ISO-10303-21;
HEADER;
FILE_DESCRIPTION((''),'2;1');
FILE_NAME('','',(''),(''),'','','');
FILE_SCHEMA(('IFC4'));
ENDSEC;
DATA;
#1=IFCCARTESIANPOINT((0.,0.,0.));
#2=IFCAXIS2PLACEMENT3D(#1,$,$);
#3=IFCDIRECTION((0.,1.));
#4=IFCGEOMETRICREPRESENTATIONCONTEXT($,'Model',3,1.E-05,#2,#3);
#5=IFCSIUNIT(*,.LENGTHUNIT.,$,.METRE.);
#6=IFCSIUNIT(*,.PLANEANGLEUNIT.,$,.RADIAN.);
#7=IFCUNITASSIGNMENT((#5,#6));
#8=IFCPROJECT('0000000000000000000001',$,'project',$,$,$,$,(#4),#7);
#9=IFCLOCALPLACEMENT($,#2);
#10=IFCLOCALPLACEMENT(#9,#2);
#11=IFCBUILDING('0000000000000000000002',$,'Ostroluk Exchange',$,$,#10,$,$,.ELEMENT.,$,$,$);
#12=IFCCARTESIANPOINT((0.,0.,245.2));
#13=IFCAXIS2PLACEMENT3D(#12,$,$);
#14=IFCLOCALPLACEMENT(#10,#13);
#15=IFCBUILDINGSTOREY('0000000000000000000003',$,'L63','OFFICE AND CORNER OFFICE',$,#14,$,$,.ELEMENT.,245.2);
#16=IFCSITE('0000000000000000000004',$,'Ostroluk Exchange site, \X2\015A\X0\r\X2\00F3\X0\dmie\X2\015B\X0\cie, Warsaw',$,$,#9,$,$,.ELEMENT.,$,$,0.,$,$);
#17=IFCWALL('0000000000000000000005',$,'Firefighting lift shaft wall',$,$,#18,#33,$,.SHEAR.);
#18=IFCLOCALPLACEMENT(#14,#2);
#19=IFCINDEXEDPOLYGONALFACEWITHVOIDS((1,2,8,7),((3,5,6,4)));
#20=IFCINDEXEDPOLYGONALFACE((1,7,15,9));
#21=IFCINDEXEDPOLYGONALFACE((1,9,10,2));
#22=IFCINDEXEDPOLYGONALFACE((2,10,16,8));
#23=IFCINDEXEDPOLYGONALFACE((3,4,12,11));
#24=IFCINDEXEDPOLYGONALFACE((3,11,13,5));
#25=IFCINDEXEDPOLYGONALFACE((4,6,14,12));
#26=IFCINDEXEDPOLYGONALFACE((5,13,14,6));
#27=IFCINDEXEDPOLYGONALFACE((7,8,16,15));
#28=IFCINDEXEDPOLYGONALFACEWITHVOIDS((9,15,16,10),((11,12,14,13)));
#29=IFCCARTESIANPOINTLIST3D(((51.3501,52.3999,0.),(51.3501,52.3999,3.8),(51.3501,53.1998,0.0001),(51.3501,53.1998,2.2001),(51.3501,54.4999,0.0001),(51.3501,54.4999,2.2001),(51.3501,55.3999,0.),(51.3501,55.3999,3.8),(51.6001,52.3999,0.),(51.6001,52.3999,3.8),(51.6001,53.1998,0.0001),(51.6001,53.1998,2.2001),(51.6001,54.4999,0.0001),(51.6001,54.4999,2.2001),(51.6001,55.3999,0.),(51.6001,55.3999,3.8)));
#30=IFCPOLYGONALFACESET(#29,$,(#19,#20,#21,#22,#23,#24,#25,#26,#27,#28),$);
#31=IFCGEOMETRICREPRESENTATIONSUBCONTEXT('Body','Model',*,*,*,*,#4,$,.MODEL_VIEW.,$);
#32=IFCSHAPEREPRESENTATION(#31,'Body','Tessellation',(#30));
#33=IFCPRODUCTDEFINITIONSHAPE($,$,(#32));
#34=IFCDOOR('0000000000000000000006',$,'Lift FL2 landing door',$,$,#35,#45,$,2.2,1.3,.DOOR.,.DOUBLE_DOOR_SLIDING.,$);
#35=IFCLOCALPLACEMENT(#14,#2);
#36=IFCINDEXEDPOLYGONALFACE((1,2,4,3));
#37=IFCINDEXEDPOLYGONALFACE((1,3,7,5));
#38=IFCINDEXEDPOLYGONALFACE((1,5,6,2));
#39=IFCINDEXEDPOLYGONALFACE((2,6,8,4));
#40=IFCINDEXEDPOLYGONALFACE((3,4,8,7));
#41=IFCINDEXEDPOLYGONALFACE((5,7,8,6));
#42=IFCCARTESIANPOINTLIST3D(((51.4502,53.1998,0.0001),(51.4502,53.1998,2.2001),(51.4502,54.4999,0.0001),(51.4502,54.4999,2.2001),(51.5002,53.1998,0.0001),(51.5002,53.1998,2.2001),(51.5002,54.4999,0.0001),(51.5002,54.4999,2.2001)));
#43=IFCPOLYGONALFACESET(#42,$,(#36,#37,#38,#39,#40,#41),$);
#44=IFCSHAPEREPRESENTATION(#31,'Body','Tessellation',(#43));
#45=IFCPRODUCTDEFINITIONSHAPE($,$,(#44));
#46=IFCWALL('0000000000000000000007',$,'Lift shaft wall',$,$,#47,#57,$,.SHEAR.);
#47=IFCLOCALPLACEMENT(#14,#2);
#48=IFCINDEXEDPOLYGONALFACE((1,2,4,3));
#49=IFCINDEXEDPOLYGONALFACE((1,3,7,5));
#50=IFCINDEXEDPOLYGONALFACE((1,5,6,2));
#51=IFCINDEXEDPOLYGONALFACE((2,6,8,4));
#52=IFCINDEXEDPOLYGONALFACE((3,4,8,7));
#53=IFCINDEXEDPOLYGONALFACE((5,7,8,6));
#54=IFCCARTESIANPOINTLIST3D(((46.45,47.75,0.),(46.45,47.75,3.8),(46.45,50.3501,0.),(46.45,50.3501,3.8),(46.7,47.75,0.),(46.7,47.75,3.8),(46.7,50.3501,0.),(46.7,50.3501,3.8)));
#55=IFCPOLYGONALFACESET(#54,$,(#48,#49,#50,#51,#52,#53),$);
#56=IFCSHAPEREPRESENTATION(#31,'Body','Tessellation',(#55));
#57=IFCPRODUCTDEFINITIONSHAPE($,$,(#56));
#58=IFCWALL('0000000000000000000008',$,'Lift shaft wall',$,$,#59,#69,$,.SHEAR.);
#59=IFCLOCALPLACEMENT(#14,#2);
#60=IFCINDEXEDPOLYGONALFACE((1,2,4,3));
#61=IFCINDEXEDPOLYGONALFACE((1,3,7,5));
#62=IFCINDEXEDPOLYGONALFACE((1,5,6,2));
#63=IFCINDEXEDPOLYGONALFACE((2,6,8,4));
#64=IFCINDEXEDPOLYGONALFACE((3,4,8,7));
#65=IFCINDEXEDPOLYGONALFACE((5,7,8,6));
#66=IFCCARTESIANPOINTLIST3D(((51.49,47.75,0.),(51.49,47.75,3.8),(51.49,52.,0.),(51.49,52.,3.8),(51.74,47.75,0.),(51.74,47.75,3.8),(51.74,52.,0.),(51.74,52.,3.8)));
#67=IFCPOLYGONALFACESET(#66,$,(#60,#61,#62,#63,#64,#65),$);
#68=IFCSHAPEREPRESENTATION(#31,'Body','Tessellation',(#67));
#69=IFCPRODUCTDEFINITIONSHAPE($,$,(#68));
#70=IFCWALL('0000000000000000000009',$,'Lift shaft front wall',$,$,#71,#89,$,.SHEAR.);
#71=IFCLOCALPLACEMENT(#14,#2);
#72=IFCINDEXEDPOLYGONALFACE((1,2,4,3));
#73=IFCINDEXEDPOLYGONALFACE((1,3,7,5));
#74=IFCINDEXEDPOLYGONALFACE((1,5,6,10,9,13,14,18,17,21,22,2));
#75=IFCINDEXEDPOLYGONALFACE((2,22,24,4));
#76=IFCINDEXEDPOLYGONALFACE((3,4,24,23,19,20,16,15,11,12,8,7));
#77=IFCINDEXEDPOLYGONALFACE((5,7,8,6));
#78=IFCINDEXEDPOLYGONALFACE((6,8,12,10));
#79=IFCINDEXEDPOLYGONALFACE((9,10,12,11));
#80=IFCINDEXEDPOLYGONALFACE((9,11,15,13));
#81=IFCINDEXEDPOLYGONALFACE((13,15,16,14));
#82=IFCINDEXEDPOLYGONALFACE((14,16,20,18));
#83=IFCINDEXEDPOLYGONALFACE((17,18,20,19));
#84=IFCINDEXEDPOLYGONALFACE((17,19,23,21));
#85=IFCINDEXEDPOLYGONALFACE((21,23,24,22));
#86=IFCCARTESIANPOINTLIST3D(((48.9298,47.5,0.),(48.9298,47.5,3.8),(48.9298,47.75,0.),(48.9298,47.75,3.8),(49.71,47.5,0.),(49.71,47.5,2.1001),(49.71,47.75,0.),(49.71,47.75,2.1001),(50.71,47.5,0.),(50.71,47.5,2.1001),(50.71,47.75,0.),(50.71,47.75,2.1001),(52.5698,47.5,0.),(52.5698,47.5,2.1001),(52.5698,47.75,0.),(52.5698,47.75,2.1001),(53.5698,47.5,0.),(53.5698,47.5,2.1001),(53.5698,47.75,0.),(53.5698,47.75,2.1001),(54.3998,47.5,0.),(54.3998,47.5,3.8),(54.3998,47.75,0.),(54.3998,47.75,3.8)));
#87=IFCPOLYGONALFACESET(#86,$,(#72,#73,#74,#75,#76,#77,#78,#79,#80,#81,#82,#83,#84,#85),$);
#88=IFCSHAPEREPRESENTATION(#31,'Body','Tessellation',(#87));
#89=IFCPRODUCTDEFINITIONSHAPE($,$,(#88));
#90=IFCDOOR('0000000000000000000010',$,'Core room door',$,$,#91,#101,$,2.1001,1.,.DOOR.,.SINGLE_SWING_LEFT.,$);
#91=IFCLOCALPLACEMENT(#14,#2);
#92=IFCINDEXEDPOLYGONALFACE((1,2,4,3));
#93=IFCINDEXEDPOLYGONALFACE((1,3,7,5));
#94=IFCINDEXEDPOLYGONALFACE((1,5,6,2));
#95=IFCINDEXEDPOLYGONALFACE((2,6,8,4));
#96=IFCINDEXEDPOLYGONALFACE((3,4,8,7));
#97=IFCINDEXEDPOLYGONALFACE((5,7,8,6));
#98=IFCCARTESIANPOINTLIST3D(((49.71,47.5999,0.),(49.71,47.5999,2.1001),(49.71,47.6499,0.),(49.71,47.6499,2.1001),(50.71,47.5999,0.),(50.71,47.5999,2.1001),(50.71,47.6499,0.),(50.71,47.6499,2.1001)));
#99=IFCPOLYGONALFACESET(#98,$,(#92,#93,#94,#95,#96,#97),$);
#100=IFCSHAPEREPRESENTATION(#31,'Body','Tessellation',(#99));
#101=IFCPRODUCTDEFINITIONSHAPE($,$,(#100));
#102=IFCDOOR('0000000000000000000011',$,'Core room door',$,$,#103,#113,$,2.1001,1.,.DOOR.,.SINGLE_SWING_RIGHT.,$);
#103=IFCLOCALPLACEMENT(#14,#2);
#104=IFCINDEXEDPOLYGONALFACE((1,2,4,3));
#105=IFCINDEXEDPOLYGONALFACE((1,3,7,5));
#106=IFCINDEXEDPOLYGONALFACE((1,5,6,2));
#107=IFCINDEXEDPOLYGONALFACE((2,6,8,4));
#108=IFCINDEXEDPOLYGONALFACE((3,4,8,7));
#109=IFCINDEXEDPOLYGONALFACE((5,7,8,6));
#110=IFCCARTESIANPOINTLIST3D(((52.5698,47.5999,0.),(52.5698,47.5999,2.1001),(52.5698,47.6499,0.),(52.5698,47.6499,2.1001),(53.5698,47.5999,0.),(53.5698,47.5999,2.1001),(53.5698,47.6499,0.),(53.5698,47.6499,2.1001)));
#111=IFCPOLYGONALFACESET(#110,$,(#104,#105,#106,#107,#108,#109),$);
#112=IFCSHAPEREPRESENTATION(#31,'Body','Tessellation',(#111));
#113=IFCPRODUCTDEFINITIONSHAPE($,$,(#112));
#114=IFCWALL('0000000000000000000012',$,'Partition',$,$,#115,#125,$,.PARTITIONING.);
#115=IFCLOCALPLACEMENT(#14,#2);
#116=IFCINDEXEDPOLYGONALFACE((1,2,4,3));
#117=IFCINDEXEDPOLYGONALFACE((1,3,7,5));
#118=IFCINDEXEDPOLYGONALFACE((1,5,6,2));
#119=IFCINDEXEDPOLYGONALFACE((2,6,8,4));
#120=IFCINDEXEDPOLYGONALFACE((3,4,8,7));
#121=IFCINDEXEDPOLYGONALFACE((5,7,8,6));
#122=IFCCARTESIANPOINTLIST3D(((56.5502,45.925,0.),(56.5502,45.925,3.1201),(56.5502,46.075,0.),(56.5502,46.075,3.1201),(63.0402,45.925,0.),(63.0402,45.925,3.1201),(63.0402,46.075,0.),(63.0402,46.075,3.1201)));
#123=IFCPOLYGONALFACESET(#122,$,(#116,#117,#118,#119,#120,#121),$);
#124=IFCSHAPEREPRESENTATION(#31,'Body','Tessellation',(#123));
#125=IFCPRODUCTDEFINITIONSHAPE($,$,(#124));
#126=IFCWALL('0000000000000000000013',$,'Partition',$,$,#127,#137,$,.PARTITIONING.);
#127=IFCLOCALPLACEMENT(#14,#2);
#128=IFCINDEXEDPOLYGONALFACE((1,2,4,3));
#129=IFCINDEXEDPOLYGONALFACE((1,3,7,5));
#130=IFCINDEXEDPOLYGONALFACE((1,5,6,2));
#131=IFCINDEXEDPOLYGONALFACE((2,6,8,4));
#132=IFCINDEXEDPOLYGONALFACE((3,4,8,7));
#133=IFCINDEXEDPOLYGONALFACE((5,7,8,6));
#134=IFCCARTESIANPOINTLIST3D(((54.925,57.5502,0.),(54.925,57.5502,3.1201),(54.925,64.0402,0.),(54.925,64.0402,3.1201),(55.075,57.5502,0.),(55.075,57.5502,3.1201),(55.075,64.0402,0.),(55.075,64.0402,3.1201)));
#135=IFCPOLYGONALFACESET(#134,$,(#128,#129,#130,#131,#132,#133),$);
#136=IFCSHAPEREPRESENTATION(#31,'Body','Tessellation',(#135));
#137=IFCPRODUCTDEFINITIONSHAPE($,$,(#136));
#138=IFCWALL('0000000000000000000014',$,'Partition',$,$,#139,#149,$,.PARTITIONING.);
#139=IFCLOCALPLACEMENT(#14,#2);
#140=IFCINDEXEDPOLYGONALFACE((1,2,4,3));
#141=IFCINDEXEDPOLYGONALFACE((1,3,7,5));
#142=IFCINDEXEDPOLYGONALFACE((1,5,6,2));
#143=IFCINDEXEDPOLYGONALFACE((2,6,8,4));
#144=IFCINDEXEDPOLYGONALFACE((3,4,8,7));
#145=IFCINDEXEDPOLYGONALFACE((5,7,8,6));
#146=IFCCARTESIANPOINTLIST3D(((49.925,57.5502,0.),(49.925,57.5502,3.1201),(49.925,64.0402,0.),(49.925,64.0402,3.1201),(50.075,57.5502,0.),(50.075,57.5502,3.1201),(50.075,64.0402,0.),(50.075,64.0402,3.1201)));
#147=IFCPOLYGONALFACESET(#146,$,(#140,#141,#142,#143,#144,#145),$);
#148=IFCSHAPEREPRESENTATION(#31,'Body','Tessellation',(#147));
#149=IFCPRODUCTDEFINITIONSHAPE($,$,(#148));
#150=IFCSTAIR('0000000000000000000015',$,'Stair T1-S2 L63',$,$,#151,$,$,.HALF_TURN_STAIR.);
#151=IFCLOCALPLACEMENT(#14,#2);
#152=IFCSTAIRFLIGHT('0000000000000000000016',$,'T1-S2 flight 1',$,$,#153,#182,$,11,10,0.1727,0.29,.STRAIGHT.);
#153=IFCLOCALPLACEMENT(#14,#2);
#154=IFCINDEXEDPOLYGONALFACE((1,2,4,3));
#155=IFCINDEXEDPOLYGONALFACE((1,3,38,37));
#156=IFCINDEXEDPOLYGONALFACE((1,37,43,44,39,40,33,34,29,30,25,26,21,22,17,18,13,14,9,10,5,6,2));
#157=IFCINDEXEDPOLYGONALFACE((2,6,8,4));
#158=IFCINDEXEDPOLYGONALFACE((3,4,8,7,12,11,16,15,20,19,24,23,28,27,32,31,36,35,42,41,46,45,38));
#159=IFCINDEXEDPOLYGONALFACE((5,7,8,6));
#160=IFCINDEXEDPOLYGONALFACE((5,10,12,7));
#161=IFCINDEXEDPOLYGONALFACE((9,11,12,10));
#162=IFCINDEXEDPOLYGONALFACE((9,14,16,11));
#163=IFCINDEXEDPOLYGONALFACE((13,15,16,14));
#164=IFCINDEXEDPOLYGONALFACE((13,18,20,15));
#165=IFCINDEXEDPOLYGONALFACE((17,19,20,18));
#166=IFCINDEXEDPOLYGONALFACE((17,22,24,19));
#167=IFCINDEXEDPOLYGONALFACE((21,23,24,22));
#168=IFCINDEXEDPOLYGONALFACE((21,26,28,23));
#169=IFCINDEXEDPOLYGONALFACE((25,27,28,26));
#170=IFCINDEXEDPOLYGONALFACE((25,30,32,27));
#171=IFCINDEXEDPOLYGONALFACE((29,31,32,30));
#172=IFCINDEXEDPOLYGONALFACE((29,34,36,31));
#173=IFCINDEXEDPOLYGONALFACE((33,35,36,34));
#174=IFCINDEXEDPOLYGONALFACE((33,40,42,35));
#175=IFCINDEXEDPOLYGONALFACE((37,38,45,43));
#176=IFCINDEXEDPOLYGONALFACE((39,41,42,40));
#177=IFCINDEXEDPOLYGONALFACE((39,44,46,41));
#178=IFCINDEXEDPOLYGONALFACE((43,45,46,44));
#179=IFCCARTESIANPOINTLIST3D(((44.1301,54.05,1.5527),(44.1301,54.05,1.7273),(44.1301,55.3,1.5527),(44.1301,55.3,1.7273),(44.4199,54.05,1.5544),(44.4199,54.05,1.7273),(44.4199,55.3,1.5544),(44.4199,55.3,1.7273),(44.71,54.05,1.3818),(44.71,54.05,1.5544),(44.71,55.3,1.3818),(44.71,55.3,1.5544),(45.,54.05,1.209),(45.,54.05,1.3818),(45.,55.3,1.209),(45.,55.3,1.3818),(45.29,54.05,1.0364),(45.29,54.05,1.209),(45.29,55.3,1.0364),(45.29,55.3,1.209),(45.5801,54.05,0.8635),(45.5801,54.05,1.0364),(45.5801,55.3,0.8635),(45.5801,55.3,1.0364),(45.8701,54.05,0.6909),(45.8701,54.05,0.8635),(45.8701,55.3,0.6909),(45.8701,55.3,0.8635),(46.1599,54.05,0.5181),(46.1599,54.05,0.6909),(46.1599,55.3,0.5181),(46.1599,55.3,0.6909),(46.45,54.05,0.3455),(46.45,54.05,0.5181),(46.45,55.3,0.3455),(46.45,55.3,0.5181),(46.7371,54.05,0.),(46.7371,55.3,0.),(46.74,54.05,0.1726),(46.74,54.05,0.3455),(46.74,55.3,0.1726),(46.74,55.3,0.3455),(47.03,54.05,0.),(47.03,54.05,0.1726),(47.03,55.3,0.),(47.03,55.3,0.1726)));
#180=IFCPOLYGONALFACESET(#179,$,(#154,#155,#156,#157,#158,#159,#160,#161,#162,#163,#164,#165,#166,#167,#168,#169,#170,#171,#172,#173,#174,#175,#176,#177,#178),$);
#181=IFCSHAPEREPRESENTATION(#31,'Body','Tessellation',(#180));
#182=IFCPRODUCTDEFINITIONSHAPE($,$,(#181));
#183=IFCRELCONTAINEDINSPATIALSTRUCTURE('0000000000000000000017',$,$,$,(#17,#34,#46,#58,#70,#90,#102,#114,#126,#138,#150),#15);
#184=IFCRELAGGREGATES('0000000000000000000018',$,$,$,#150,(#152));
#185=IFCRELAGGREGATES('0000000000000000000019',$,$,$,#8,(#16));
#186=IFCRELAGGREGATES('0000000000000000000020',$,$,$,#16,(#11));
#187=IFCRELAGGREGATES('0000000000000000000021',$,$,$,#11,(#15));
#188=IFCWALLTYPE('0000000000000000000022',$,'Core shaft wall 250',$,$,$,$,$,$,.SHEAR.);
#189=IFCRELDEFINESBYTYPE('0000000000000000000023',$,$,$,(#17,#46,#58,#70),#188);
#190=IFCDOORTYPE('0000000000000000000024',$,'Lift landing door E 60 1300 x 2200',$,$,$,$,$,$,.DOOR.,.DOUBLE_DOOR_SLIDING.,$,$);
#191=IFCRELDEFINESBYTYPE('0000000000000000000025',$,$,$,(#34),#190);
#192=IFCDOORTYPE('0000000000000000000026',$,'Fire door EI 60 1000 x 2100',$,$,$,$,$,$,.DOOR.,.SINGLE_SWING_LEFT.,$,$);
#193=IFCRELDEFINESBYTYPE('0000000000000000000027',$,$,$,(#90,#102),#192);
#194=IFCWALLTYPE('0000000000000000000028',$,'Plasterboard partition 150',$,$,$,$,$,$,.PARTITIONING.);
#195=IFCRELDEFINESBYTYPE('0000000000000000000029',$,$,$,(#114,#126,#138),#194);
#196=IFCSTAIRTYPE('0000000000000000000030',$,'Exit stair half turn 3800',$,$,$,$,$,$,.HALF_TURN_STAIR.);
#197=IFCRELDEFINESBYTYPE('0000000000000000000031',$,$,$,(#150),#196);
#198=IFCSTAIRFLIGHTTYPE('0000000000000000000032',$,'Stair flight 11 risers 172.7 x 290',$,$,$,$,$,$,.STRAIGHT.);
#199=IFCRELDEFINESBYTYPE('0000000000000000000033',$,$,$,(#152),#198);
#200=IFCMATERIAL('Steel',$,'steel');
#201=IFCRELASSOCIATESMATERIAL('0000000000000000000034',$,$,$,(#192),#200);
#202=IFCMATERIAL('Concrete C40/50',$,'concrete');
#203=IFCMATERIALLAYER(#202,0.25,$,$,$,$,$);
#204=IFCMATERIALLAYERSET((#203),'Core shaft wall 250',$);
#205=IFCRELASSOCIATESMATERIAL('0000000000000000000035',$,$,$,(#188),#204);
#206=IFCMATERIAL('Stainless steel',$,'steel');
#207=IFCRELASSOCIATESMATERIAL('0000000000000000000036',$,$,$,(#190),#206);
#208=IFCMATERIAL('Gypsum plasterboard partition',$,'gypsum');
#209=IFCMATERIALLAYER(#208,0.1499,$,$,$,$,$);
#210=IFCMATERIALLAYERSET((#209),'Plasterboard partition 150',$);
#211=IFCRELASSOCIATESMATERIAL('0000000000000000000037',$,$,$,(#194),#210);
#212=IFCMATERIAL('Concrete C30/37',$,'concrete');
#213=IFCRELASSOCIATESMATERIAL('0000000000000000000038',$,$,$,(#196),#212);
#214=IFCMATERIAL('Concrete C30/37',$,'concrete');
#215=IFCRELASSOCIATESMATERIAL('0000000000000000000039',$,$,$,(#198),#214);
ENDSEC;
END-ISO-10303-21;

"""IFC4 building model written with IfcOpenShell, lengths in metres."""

from ifc_helpers import new_model, si_unit, direction, frame, frame_2d, origin, place, context, subcontext, project, spatial, polyline, rectangle, outline, extrude, material, layer, layer_set, type_object, element, fill, aggregate, save


model = new_model("IFC4")

# Units and contexts
model_context = context("Model", 3, precision=1e-05, world=origin(), true_north=direction((0.0, 1.0)))
body_context = subcontext(model_context, "Body", "Model", "MODEL_VIEW")
ifc_project = project(units=[si_unit("LENGTHUNIT", "METRE"), si_unit("PLANEANGLEUNIT", "RADIAN")], contexts=[model_context])

# Site, building, storey
site_placement = place(None, origin())
site = spatial("IfcSite", under=ifc_project, at=site_placement, Name="Ostroluk Exchange site, Śródmieście, Warsaw", CompositionType="ELEMENT", RefElevation=0.0)
building_placement = place(site_placement, origin())
building = spatial("IfcBuilding", under=site, at=building_placement, Name="Ostroluk Exchange", CompositionType="ELEMENT")
storey_placement = place(building_placement, frame((0.0, 0.0, 245.2)))
storey = spatial("IfcBuildingStorey", under=building, at=storey_placement, Name="L63", Description="OFFICE AND CORNER OFFICE", CompositionType="ELEMENT", Elevation=245.2)

# Wall, opening, door
ifc_material_1 = material(Name="Steel", Category="steel")
door_type_1 = type_object("IfcDoorType", Name="Fire door EI 60 1000 x 2100", OperationType="SINGLE_SWING_LEFT", PredefinedType="DOOR", material=ifc_material_1)
ifc_material_2 = material(Name="Concrete C40/50", Category="concrete")
ifc_layer_1 = layer(ifc_material_2, 0.25)
ifc_layer_set_1 = layer_set([ifc_layer_1], Name="Core shaft wall 250")
wall_type_1 = type_object("IfcWallType", Name="Core shaft wall 250", PredefinedType="SHEAR", material=ifc_layer_set_1)
wall_1_placement = place(storey_placement, frame((51.4751, 52.3999, 0.0), z_axis=(0.0, 0.0, 1.0), x_axis=(0.0, 1.0, 0.0)))
wall_1 = element("IfcWall", 1, at=wall_1_placement, inside=storey, type_object=wall_type_1, Name="Firefighting lift shaft wall", PredefinedType="SHEAR", context=body_context, shape_type="SweptSolid", body=[
    extrude(rectangle(XDim=3.0, YDim=0.25, at=frame_2d((1.5, 0.0))), origin(), (0.0, 0.0, 1.0), 3.8),
])
opening_1_placement = place(wall_1_placement, frame((0.8, 0.0, 0.0)))
opening_1 = element("IfcOpeningElement", 2, at=opening_1_placement, cuts=wall_1, PredefinedType="OPENING", context=body_context, shape_type="SweptSolid", body=[
    extrude(rectangle(XDim=1.3, YDim=2.2, at=frame_2d((0.6499, 1.1001))), frame((0.0, 0.135, 0.0), z_axis=(0.0, -1.0, 0.0), x_axis=(1.0, 0.0, 0.0)), (0.0, 0.0, 1.0), 0.27),
])
ifc_material_3 = material(Name="Stainless steel", Category="steel")
door_type_2 = type_object("IfcDoorType", Name="Lift landing door E 60 1300 x 2200", OperationType="DOUBLE_DOOR_SLIDING", PredefinedType="DOOR", material=ifc_material_3)
door_1_placement = place(opening_1_placement, origin())
door_1 = element("IfcDoor", 3, at=door_1_placement, inside=storey, type_object=door_type_2, Name="Lift FL2 landing door", OperationType="DOUBLE_DOOR_SLIDING", OverallHeight=2.2, OverallWidth=1.3, PredefinedType="DOOR", context=body_context, shape_type="SweptSolid", body=[
    extrude(rectangle(XDim=1.3, YDim=2.2, at=frame_2d((0.6499, 1.1001))), frame((0.0, 0.0249, 0.0), z_axis=(0.0, -1.0, 0.0), x_axis=(1.0, 0.0, 0.0)), (0.0, 0.0, 1.0), 0.05),
])
fill(opening_1, door_1)

# Walls
wall_2_placement = place(storey_placement, frame((46.575, 47.75, 0.0), z_axis=(0.0, 0.0, 1.0), x_axis=(0.0, 1.0, 0.0)))
element("IfcWall", 4, at=wall_2_placement, inside=storey, type_object=wall_type_1, Name="Lift shaft wall", PredefinedType="SHEAR", context=body_context, shape_type="SweptSolid", body=[
    extrude(rectangle(XDim=2.6001, YDim=0.25, at=frame_2d((1.3, 0.0))), origin(), (0.0, 0.0, 1.0), 3.8),
])
wall_3_placement = place(storey_placement, frame((51.615, 47.75, 0.0), z_axis=(0.0, 0.0, 1.0), x_axis=(0.0, 1.0, 0.0)))
element("IfcWall", 5, at=wall_3_placement, inside=storey, type_object=wall_type_1, Name="Lift shaft wall", PredefinedType="SHEAR", context=body_context, shape_type="SweptSolid", body=[
    extrude(rectangle(XDim=4.25, YDim=0.25, at=frame_2d((2.125, 0.0))), origin(), (0.0, 0.0, 1.0), 3.8),
])

# Wall, openings, doors
wall_4_placement = place(storey_placement, frame((48.9299, 47.625, 0.0), z_axis=(0.0, 0.0, 1.0), x_axis=(1.0, 0.0, 0.0)))
wall_4 = element("IfcWall", 6, at=wall_4_placement, inside=storey, type_object=wall_type_1, Name="Lift shaft front wall", PredefinedType="SHEAR", context=body_context, shape_type="SweptSolid", body=[
    extrude(rectangle(XDim=5.47, YDim=0.25, at=frame_2d((2.7349, 0.0))), origin(), (0.0, 0.0, 1.0), 3.8),
])
opening_2_placement = place(wall_4_placement, frame((0.78, 0.0, 0.0)))
opening_2 = element("IfcOpeningElement", 7, at=opening_2_placement, cuts=wall_4, PredefinedType="OPENING", context=body_context, shape_type="SweptSolid", body=[
    extrude(rectangle(XDim=1.0, YDim=2.1001, at=frame_2d((0.5, 1.05))), frame((0.0, 0.135, 0.0), z_axis=(0.0, -1.0, 0.0), x_axis=(1.0, 0.0, 0.0)), (0.0, 0.0, 1.0), 0.27),
])
opening_3_placement = place(wall_4_placement, frame((3.6399, 0.0, 0.0)))
opening_3 = element("IfcOpeningElement", 8, at=opening_3_placement, cuts=wall_4, PredefinedType="OPENING", context=body_context, shape_type="SweptSolid", body=[
    extrude(rectangle(XDim=1.0, YDim=2.1001, at=frame_2d((0.5, 1.05))), frame((0.0, 0.135, 0.0), z_axis=(0.0, -1.0, 0.0), x_axis=(1.0, 0.0, 0.0)), (0.0, 0.0, 1.0), 0.27),
])
door_2_placement = place(opening_2_placement, origin())
door_2 = element("IfcDoor", 9, at=door_2_placement, inside=storey, type_object=door_type_1, Name="Core room door", OperationType="SINGLE_SWING_LEFT", OverallHeight=2.1001, OverallWidth=1.0, PredefinedType="DOOR", context=body_context, shape_type="SweptSolid", body=[
    extrude(rectangle(XDim=1.0, YDim=2.1001, at=frame_2d((0.5, 1.05))), frame((0.0, 0.0249, 0.0), z_axis=(0.0, -1.0, 0.0), x_axis=(1.0, 0.0, 0.0)), (0.0, 0.0, 1.0), 0.05),
])
fill(opening_2, door_2)
door_3_placement = place(opening_3_placement, origin())
door_3 = element("IfcDoor", 10, at=door_3_placement, inside=storey, type_object=door_type_1, Name="Core room door", OperationType="SINGLE_SWING_RIGHT", OverallHeight=2.1001, OverallWidth=1.0, PredefinedType="DOOR", context=body_context, shape_type="SweptSolid", body=[
    extrude(rectangle(XDim=1.0, YDim=2.1001, at=frame_2d((0.5, 1.05))), frame((0.0, 0.0249, 0.0), z_axis=(0.0, -1.0, 0.0), x_axis=(1.0, 0.0, 0.0)), (0.0, 0.0, 1.0), 0.05),
])
fill(opening_3, door_3)

# Walls
ifc_material_4 = material(Name="Gypsum plasterboard partition", Category="gypsum")
ifc_layer_2 = layer(ifc_material_4, 0.1499)
ifc_layer_set_2 = layer_set([ifc_layer_2], Name="Plasterboard partition 150")
wall_type_2 = type_object("IfcWallType", Name="Plasterboard partition 150", PredefinedType="PARTITIONING", material=ifc_layer_set_2)
for number, where, z_axis, x_axis, name in (
    (11, (56.55, 46.0, 0.0), (0.0, 0.0, 1.0), (1.0, 0.0, 0.0), "Partition"),
    (12, (55.0, 57.55, 0.0), (0.0, 0.0, 1.0), (0.0, 1.0, 0.0), "Partition"),
    (13, (50.0, 57.55, 0.0), (0.0, 0.0, 1.0), (0.0, 1.0, 0.0), "Partition"),
):
    element("IfcWall", number, at=place(storey_placement, frame(where, z_axis=z_axis, x_axis=x_axis)), inside=storey, type_object=wall_type_2, Name=name, PredefinedType="PARTITIONING", context=body_context, shape_type="SweptSolid", body=[
        extrude(rectangle(XDim=6.49, YDim=0.1499, at=frame_2d((3.2451, 0.0))), origin(), (0.0, 0.0, 1.0), 3.1201),
    ])

# Stair, stair flight
ifc_material_5 = material(Name="Concrete C30/37", Category="concrete")
stair_type = type_object("IfcStairType", Name="Exit stair half turn 3800", PredefinedType="HALF_TURN_STAIR", material=ifc_material_5)
stair_placement = place(storey_placement, origin())
stair = element("IfcStair", 14, at=stair_placement, inside=storey, type_object=stair_type, Name="Stair T1-S2 L63", PredefinedType="HALF_TURN_STAIR")
ifc_material_6 = material(Name="Concrete C30/37", Category="concrete")
stair_flight_type = type_object("IfcStairFlightType", Name="Stair flight 11 risers 172.7 x 290", PredefinedType="STRAIGHT", material=ifc_material_6)
stair_flight_placement = place(storey_placement, frame((47.03, 54.675, 0.0), z_axis=(0.0, 0.0, 1.0), x_axis=(-1.0, 0.0, 0.0)))
stair_flight = element("IfcStairFlight", 15, at=stair_flight_placement, type_object=stair_flight_type, Name="T1-S2 flight 1", NumberOfRisers=11, NumberOfTreads=10, PredefinedType="STRAIGHT", RiserHeight=0.1727, TreadLength=0.29, context=body_context, shape_type="SweptSolid", body=[
    extrude(outline(polyline([(0.0, 0.0), (0.0, 0.1726), (0.29, 0.1726), (0.29, 0.3455), (0.5801, 0.3455), (0.5801, 0.5181), (0.8701, 0.5181), (0.8701, 0.6909), (1.1599, 0.6909), (1.1599, 0.8635), (1.45, 0.8635), (1.45, 1.0364), (1.74, 1.0364), (1.74, 1.209), (2.03, 1.209), (2.03, 1.3818), (2.3201, 1.3818), (2.3201, 1.5544), (2.6101, 1.5544), (2.6101, 1.7273), (2.8999, 1.7273), (2.8999, 1.8999), (2.8999, 1.5527), (0.293, 0.0), (0.0, 0.0)])), frame((0.0, 0.625, 0.0), z_axis=(0.0, -1.0, 0.0), x_axis=(1.0, 0.0, 0.0)), (0.0, 0.0, 1.0), 1.25),
])
aggregate(stair, [stair_flight])

save(model, "model.ifc")
